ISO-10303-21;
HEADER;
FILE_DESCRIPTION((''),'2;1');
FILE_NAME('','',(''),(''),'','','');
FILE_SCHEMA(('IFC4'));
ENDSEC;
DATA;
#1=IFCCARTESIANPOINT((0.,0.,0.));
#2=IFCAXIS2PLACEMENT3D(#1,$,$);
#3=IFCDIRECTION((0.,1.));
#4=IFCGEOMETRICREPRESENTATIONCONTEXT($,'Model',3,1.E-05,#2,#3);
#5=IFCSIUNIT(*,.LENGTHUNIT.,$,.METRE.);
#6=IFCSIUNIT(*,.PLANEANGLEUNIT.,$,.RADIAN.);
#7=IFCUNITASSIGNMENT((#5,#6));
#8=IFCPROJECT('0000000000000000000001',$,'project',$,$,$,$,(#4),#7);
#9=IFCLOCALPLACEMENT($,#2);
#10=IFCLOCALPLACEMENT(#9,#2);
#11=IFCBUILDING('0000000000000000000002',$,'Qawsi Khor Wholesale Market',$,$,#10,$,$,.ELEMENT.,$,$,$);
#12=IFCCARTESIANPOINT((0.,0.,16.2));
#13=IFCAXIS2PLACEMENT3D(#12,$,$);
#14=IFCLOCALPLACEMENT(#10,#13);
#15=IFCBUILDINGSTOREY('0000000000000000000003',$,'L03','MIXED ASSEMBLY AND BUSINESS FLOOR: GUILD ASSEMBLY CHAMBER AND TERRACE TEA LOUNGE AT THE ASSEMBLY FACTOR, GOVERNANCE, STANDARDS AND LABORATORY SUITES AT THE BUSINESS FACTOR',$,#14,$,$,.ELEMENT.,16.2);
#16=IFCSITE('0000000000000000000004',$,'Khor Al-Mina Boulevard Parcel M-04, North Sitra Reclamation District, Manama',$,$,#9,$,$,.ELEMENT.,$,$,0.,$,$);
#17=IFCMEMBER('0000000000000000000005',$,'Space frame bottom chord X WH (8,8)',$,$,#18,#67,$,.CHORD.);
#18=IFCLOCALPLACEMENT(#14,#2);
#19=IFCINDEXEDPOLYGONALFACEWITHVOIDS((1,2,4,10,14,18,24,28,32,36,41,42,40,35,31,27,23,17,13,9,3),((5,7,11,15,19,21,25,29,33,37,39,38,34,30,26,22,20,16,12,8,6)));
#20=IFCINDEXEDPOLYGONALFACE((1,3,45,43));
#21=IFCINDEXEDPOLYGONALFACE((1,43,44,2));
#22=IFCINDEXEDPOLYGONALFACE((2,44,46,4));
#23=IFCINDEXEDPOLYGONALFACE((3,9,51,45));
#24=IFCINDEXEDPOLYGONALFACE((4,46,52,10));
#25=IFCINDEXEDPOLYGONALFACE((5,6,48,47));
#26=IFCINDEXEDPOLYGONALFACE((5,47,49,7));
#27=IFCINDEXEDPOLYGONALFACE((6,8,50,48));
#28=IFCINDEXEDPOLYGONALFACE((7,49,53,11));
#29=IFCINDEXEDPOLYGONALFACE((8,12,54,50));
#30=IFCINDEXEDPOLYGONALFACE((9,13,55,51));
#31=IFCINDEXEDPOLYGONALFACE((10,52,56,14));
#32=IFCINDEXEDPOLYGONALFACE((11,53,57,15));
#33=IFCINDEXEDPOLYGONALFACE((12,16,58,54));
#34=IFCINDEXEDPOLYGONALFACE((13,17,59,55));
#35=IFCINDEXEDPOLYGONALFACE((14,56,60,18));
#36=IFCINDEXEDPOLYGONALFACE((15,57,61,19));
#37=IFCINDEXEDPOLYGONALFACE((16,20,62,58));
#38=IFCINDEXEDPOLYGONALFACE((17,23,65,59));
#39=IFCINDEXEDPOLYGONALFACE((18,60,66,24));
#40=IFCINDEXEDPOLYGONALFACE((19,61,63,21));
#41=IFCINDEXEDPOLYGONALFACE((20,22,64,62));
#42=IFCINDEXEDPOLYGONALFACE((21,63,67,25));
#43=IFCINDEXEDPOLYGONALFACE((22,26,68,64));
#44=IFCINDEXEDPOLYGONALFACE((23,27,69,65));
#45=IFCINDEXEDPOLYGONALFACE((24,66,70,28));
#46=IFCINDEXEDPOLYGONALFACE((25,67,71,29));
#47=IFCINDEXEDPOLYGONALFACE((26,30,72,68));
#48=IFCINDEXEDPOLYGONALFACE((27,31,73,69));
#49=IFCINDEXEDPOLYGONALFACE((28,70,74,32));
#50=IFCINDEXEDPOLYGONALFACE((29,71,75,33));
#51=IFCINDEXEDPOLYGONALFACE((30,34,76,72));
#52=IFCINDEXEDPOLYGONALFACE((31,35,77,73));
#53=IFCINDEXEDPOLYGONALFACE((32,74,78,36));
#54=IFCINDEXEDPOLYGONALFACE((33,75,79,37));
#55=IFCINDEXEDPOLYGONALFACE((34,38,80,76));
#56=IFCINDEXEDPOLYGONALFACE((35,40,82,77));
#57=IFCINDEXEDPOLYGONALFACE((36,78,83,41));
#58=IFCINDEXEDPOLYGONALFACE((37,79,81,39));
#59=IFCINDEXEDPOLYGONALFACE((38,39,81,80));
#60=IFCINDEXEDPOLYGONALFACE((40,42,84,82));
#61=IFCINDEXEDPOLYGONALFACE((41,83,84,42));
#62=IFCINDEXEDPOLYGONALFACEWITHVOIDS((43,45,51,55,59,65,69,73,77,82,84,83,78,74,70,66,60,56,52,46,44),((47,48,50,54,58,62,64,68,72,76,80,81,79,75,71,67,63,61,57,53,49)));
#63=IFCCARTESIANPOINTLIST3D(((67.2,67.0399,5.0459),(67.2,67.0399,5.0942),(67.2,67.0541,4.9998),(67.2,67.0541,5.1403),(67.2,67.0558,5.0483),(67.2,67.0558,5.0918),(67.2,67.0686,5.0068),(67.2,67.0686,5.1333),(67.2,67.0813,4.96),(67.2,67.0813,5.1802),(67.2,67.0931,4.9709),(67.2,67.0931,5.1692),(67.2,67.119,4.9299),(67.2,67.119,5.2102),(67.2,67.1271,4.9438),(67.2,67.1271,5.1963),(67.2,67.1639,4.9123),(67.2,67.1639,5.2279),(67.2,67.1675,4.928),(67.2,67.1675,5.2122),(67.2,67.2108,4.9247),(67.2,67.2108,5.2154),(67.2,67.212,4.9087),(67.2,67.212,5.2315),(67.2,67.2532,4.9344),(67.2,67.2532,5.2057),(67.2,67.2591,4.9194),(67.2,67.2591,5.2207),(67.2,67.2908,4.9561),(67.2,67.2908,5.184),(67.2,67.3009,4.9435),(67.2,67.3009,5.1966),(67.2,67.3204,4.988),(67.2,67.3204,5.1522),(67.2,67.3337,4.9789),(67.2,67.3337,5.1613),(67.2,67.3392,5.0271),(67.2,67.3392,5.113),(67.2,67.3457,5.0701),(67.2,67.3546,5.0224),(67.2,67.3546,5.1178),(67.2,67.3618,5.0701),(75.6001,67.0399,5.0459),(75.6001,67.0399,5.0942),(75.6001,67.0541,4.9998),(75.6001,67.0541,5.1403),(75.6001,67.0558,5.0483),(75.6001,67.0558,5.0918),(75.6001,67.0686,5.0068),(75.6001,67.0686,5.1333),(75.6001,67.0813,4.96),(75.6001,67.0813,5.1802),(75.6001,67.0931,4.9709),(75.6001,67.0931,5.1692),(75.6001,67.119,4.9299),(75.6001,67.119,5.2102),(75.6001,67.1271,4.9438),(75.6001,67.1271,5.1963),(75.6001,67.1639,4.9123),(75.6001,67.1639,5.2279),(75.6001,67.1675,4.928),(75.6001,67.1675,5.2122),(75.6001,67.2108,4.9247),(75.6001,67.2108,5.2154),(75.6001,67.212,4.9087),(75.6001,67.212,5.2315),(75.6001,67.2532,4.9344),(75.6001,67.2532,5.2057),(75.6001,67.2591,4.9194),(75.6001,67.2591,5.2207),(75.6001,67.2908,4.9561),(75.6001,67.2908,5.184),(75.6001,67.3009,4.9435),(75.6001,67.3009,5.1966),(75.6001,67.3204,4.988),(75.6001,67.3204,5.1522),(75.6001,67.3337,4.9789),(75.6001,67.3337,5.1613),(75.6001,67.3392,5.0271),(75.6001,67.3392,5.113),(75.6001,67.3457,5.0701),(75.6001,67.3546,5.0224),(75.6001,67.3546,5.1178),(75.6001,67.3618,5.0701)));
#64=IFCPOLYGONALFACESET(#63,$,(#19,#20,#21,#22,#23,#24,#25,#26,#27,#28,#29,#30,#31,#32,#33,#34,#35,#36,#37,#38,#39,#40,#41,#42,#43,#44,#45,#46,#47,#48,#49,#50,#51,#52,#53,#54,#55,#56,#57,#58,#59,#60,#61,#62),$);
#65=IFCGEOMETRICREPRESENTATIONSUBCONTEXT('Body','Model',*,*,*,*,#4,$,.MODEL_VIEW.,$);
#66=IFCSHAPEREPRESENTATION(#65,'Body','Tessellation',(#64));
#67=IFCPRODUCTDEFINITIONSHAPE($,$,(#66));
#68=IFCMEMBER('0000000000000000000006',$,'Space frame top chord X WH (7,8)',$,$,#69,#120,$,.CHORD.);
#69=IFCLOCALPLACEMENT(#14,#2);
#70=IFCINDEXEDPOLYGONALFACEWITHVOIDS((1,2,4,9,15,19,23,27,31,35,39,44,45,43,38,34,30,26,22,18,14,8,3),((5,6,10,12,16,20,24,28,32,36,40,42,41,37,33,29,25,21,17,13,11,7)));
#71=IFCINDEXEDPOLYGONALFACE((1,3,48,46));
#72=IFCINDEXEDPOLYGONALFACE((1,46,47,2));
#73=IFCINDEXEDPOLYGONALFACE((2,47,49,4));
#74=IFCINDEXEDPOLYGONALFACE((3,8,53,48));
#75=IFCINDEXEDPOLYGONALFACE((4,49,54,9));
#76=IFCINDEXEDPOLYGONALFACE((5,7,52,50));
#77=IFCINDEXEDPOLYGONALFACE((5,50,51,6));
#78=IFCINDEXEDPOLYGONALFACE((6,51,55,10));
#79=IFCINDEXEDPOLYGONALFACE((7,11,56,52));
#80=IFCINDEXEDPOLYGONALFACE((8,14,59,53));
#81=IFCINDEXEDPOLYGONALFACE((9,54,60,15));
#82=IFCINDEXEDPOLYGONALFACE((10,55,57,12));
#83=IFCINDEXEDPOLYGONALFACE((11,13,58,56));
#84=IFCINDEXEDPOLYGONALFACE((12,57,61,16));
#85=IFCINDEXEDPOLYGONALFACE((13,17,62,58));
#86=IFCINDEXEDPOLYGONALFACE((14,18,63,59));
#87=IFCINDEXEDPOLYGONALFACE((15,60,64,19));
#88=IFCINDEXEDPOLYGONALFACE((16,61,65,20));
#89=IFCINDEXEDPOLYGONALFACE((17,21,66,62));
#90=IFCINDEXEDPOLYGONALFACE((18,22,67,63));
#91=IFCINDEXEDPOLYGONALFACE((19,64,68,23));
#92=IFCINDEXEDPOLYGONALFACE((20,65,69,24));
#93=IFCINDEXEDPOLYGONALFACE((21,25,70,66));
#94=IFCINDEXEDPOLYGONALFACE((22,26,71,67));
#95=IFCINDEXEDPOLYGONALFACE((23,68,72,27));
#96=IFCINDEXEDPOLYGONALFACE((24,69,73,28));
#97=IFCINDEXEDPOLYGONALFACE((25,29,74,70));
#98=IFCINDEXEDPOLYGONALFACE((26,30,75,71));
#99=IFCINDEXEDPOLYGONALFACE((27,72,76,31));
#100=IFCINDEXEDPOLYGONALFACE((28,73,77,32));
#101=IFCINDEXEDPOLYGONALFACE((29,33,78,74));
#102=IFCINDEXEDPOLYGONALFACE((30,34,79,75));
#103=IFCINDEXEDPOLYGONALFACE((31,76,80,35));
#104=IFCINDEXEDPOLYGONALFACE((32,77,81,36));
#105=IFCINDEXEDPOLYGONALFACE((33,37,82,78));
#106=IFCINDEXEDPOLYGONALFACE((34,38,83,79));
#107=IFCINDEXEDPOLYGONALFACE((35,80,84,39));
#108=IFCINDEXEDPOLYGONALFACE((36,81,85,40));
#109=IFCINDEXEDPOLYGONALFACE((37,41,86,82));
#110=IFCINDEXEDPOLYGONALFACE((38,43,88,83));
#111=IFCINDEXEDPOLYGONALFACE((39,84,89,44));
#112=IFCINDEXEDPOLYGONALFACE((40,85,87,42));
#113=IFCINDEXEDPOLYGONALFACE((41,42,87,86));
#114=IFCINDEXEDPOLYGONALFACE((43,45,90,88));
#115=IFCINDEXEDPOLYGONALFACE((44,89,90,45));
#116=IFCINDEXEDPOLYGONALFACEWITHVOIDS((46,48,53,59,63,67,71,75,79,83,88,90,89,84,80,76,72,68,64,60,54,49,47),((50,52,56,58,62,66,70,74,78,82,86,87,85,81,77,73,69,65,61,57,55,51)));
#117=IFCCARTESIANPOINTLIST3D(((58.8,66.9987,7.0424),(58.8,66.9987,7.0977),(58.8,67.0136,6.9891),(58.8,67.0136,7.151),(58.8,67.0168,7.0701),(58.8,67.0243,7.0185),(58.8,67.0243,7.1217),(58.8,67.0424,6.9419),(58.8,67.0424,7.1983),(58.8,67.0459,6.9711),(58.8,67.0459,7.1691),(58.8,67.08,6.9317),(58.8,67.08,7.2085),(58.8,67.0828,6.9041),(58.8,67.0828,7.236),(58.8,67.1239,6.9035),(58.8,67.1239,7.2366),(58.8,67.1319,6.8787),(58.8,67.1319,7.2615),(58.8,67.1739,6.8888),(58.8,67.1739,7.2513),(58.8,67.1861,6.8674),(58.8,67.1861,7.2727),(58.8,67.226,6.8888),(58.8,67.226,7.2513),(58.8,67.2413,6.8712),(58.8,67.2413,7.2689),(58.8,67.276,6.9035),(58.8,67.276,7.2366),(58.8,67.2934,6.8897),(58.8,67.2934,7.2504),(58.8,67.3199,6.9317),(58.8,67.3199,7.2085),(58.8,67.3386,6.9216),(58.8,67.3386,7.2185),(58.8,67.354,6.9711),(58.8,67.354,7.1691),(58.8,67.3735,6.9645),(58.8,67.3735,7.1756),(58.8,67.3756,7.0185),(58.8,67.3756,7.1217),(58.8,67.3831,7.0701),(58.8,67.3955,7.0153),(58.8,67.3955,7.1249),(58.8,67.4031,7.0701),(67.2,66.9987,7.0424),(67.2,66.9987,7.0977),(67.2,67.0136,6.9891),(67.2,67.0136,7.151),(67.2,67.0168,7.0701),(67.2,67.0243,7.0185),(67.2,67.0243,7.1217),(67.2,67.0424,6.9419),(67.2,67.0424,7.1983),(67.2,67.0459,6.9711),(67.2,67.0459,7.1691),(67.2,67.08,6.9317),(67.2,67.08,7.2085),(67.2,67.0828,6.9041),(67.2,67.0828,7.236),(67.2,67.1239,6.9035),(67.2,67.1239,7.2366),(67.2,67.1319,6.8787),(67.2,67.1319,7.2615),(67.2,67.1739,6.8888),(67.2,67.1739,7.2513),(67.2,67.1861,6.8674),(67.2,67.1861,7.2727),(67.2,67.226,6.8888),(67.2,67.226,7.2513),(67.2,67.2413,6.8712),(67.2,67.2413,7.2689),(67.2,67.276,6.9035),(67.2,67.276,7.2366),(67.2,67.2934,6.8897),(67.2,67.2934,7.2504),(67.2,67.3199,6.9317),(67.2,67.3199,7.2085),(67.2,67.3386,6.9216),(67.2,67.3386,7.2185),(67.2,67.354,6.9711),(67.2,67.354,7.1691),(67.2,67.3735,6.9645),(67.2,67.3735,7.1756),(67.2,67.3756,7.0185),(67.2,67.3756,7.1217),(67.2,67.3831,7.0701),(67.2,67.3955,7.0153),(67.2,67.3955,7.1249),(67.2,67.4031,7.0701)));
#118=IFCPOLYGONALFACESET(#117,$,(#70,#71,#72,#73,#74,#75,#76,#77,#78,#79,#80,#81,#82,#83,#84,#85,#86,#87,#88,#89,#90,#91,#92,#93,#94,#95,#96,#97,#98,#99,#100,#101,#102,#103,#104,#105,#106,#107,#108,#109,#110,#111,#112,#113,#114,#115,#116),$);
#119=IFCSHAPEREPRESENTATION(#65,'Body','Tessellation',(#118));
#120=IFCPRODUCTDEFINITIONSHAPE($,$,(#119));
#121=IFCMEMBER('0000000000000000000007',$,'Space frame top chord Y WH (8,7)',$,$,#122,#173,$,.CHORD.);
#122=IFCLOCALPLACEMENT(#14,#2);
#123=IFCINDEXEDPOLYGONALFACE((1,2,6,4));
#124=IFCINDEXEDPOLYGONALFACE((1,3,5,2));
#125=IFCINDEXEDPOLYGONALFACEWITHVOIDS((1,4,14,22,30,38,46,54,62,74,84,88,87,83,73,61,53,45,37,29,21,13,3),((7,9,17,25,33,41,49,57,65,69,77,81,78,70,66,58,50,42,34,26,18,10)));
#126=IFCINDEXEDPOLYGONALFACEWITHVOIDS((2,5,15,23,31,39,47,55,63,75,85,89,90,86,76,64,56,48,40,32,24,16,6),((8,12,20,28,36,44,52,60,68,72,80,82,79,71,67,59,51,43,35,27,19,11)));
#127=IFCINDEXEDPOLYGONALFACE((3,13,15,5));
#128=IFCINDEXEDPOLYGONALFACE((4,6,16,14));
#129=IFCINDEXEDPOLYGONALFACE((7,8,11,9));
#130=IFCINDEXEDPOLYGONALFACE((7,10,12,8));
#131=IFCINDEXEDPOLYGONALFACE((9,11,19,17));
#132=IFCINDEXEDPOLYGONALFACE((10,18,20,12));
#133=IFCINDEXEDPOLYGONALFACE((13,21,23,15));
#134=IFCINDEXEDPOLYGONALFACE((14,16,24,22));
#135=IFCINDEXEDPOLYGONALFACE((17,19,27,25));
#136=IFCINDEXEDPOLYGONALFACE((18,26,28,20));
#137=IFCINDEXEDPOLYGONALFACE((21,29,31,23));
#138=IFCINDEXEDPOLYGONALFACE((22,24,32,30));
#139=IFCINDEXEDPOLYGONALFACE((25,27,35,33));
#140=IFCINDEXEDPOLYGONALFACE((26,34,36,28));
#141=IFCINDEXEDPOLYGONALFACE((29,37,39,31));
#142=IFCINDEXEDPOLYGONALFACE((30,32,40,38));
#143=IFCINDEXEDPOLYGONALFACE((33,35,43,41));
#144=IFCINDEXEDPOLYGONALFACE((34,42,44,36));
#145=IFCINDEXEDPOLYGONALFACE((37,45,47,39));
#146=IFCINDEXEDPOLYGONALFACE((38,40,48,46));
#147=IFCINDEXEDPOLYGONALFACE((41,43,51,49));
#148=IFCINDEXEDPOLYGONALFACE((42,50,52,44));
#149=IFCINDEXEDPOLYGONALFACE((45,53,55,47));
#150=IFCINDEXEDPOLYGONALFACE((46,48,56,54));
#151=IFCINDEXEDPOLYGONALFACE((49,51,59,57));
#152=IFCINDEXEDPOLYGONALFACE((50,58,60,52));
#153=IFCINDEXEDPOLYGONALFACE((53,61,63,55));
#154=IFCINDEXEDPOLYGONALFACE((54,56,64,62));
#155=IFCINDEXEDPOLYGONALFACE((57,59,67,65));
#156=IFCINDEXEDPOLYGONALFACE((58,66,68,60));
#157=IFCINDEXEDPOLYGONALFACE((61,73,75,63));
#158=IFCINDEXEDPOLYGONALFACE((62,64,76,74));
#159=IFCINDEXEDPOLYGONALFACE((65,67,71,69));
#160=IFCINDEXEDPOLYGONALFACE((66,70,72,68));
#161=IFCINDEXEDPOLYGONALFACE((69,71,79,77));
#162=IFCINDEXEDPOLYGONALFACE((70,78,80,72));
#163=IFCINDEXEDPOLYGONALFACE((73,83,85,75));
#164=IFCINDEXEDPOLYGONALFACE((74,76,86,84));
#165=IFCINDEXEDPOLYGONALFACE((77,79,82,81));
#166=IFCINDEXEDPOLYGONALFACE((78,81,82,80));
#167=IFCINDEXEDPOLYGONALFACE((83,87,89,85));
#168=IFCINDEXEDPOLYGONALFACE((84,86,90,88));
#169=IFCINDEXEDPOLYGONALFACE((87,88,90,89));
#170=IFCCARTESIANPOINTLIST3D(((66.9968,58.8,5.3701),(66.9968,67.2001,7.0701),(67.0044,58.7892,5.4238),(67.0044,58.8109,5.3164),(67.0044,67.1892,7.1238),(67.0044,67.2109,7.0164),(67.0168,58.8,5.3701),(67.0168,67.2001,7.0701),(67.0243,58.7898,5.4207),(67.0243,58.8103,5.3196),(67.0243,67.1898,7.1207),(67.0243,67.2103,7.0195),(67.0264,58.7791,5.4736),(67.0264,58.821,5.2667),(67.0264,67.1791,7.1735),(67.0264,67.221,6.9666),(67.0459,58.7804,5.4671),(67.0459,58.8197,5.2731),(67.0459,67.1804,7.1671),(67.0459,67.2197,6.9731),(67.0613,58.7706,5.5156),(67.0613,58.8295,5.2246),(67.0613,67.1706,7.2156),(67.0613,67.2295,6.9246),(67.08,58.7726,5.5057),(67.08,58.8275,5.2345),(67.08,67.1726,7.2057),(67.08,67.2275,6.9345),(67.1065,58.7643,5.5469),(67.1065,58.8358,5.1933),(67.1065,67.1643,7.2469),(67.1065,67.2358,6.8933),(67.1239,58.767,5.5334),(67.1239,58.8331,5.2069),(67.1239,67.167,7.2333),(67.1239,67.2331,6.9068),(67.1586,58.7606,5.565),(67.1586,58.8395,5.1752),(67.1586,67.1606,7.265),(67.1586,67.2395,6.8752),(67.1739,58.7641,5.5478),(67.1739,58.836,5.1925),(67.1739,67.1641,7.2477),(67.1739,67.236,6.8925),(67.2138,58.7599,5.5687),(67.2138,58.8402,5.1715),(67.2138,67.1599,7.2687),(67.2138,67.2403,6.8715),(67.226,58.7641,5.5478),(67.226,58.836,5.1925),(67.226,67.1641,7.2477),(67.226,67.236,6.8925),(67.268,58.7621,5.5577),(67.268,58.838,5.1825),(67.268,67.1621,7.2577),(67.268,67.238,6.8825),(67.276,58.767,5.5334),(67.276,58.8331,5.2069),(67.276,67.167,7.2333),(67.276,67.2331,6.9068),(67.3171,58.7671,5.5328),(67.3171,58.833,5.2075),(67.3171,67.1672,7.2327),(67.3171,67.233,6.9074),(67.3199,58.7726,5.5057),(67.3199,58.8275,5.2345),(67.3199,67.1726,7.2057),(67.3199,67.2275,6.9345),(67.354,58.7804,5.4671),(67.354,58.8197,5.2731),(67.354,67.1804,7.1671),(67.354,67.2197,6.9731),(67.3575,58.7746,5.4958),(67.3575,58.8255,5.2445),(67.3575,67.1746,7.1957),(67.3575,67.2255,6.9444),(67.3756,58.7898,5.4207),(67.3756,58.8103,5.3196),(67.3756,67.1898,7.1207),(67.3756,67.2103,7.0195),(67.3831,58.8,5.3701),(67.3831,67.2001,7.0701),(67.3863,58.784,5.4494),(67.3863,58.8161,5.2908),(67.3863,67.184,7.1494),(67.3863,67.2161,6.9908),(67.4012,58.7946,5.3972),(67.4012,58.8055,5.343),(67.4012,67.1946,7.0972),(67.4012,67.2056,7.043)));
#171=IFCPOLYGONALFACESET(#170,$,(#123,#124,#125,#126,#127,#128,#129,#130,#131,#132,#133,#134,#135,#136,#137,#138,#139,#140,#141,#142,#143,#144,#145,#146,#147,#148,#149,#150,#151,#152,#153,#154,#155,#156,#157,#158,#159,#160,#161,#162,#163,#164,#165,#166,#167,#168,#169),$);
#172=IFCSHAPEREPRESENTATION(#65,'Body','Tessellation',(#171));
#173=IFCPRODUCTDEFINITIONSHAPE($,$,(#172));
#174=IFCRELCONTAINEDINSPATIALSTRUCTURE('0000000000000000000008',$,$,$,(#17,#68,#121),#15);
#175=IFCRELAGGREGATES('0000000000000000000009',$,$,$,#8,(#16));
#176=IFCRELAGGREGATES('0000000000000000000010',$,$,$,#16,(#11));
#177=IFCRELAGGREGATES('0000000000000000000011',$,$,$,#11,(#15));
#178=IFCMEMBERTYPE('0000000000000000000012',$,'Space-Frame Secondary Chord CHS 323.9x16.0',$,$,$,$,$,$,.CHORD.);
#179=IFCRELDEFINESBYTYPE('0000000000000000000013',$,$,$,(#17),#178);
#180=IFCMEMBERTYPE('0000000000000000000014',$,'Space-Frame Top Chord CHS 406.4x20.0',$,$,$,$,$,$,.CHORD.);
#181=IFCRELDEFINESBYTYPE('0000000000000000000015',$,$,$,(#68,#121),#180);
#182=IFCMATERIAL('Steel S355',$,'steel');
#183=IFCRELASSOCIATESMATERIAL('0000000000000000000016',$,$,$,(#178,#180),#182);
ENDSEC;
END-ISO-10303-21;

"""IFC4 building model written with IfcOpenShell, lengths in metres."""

from ifc_helpers import new_model, si_unit, direction, frame, origin, origin_2d, place, context, subcontext, project, spatial, hollow_circle, extrude, material, material_profile, profile_set, type_object, element, save


model = new_model("IFC4")

# Units and contexts
model_context = context("Model", 3, precision=1e-05, world=origin(), true_north=direction((0.0, 1.0)))
body_context = subcontext(model_context, "Body", "Model", "MODEL_VIEW")
ifc_project = project(units=[si_unit("LENGTHUNIT", "METRE"), si_unit("PLANEANGLEUNIT", "RADIAN")], contexts=[model_context])

# Site, building, storey
site_placement = place(None, origin())
site = spatial("IfcSite", under=ifc_project, at=site_placement, Name="Khor Al-Mina Boulevard Parcel M-04, North Sitra Reclamation District, Manama", CompositionType="ELEMENT", RefElevation=0.0)
building_placement = place(site_placement, origin())
building = spatial("IfcBuilding", under=site, at=building_placement, Name="Qawsi Khor Wholesale Market", CompositionType="ELEMENT")
storey_placement = place(building_placement, frame((0.0, 0.0, 16.2)))
storey = spatial("IfcBuildingStorey", under=building, at=storey_placement, Name="L03", Description="MIXED ASSEMBLY AND BUSINESS FLOOR: GUILD ASSEMBLY CHAMBER AND TERRACE TEA LOUNGE AT THE ASSEMBLY FACTOR, GOVERNANCE, STANDARDS AND LABORATORY SUITES AT THE BUSINESS FACTOR", CompositionType="ELEMENT", Elevation=16.2)

# Members
ifc_material_1 = material(Name="Steel S355", Category="steel")
ifc_material_profile_1 = material_profile(ifc_material_1, hollow_circle(Radius=0.1619, WallThickness=0.0161, at=origin_2d()), Name="CHS 323.9x16.0")
ifc_profile_set_1 = profile_set([ifc_material_profile_1], Name="Steel S355")
member_type_1 = type_object("IfcMemberType", Name="Space-Frame Secondary Chord CHS 323.9x16.0", PredefinedType="CHORD", material=ifc_profile_set_1)
member_1_placement = place(storey_placement, frame((67.2, 67.2, 5.0701), z_axis=(1.0, 0.0, 0.0), x_axis=(0.0, 1.0, 0.0)))
element("IfcMember", 1, at=member_1_placement, inside=storey, type_object=member_type_1, Name="Space frame bottom chord X WH (8,8)", PredefinedType="CHORD", context=body_context, shape_type="SweptSolid", body=[
    extrude(hollow_circle(Radius=0.1619, WallThickness=0.0161, at=origin_2d()), origin(), (0.0, 0.0, 1.0), 8.4001),
])
ifc_material_profile_2 = material_profile(ifc_material_1, hollow_circle(Radius=0.2031, WallThickness=0.02, at=origin_2d()), Name="CHS 406.4x20.0")
ifc_profile_set_2 = profile_set([ifc_material_profile_2], Name="Steel S355")
member_type_2 = type_object("IfcMemberType", Name="Space-Frame Top Chord CHS 406.4x20.0", PredefinedType="CHORD", material=ifc_profile_set_2)
member_2_placement = place(storey_placement, frame((58.8, 67.2, 7.0701), z_axis=(1.0, 0.0, 0.0), x_axis=(0.0, 1.0, 0.0)))
element("IfcMember", 2, at=member_2_placement, inside=storey, type_object=member_type_2, Name="Space frame top chord X WH (7,8)", PredefinedType="CHORD", context=body_context, shape_type="SweptSolid", body=[
    extrude(hollow_circle(Radius=0.2031, WallThickness=0.02, at=origin_2d()), origin(), (0.0, 0.0, 1.0), 8.3999),
])
member_3_placement = place(storey_placement, frame((67.2, 58.8, 5.3701), z_axis=(0.0, 0.98013, 0.198356), x_axis=(-1.0, 0.0, 0.0)))
element("IfcMember", 3, at=member_3_placement, inside=storey, type_object=member_type_2, Name="Space frame top chord Y WH (8,7)", PredefinedType="CHORD", context=body_context, shape_type="SweptSolid", body=[
    extrude(hollow_circle(Radius=0.2031, WallThickness=0.02, at=origin_2d()), origin(), (0.0, 0.0, 1.0), 8.5703),
])

save(model, "model.ifc")
